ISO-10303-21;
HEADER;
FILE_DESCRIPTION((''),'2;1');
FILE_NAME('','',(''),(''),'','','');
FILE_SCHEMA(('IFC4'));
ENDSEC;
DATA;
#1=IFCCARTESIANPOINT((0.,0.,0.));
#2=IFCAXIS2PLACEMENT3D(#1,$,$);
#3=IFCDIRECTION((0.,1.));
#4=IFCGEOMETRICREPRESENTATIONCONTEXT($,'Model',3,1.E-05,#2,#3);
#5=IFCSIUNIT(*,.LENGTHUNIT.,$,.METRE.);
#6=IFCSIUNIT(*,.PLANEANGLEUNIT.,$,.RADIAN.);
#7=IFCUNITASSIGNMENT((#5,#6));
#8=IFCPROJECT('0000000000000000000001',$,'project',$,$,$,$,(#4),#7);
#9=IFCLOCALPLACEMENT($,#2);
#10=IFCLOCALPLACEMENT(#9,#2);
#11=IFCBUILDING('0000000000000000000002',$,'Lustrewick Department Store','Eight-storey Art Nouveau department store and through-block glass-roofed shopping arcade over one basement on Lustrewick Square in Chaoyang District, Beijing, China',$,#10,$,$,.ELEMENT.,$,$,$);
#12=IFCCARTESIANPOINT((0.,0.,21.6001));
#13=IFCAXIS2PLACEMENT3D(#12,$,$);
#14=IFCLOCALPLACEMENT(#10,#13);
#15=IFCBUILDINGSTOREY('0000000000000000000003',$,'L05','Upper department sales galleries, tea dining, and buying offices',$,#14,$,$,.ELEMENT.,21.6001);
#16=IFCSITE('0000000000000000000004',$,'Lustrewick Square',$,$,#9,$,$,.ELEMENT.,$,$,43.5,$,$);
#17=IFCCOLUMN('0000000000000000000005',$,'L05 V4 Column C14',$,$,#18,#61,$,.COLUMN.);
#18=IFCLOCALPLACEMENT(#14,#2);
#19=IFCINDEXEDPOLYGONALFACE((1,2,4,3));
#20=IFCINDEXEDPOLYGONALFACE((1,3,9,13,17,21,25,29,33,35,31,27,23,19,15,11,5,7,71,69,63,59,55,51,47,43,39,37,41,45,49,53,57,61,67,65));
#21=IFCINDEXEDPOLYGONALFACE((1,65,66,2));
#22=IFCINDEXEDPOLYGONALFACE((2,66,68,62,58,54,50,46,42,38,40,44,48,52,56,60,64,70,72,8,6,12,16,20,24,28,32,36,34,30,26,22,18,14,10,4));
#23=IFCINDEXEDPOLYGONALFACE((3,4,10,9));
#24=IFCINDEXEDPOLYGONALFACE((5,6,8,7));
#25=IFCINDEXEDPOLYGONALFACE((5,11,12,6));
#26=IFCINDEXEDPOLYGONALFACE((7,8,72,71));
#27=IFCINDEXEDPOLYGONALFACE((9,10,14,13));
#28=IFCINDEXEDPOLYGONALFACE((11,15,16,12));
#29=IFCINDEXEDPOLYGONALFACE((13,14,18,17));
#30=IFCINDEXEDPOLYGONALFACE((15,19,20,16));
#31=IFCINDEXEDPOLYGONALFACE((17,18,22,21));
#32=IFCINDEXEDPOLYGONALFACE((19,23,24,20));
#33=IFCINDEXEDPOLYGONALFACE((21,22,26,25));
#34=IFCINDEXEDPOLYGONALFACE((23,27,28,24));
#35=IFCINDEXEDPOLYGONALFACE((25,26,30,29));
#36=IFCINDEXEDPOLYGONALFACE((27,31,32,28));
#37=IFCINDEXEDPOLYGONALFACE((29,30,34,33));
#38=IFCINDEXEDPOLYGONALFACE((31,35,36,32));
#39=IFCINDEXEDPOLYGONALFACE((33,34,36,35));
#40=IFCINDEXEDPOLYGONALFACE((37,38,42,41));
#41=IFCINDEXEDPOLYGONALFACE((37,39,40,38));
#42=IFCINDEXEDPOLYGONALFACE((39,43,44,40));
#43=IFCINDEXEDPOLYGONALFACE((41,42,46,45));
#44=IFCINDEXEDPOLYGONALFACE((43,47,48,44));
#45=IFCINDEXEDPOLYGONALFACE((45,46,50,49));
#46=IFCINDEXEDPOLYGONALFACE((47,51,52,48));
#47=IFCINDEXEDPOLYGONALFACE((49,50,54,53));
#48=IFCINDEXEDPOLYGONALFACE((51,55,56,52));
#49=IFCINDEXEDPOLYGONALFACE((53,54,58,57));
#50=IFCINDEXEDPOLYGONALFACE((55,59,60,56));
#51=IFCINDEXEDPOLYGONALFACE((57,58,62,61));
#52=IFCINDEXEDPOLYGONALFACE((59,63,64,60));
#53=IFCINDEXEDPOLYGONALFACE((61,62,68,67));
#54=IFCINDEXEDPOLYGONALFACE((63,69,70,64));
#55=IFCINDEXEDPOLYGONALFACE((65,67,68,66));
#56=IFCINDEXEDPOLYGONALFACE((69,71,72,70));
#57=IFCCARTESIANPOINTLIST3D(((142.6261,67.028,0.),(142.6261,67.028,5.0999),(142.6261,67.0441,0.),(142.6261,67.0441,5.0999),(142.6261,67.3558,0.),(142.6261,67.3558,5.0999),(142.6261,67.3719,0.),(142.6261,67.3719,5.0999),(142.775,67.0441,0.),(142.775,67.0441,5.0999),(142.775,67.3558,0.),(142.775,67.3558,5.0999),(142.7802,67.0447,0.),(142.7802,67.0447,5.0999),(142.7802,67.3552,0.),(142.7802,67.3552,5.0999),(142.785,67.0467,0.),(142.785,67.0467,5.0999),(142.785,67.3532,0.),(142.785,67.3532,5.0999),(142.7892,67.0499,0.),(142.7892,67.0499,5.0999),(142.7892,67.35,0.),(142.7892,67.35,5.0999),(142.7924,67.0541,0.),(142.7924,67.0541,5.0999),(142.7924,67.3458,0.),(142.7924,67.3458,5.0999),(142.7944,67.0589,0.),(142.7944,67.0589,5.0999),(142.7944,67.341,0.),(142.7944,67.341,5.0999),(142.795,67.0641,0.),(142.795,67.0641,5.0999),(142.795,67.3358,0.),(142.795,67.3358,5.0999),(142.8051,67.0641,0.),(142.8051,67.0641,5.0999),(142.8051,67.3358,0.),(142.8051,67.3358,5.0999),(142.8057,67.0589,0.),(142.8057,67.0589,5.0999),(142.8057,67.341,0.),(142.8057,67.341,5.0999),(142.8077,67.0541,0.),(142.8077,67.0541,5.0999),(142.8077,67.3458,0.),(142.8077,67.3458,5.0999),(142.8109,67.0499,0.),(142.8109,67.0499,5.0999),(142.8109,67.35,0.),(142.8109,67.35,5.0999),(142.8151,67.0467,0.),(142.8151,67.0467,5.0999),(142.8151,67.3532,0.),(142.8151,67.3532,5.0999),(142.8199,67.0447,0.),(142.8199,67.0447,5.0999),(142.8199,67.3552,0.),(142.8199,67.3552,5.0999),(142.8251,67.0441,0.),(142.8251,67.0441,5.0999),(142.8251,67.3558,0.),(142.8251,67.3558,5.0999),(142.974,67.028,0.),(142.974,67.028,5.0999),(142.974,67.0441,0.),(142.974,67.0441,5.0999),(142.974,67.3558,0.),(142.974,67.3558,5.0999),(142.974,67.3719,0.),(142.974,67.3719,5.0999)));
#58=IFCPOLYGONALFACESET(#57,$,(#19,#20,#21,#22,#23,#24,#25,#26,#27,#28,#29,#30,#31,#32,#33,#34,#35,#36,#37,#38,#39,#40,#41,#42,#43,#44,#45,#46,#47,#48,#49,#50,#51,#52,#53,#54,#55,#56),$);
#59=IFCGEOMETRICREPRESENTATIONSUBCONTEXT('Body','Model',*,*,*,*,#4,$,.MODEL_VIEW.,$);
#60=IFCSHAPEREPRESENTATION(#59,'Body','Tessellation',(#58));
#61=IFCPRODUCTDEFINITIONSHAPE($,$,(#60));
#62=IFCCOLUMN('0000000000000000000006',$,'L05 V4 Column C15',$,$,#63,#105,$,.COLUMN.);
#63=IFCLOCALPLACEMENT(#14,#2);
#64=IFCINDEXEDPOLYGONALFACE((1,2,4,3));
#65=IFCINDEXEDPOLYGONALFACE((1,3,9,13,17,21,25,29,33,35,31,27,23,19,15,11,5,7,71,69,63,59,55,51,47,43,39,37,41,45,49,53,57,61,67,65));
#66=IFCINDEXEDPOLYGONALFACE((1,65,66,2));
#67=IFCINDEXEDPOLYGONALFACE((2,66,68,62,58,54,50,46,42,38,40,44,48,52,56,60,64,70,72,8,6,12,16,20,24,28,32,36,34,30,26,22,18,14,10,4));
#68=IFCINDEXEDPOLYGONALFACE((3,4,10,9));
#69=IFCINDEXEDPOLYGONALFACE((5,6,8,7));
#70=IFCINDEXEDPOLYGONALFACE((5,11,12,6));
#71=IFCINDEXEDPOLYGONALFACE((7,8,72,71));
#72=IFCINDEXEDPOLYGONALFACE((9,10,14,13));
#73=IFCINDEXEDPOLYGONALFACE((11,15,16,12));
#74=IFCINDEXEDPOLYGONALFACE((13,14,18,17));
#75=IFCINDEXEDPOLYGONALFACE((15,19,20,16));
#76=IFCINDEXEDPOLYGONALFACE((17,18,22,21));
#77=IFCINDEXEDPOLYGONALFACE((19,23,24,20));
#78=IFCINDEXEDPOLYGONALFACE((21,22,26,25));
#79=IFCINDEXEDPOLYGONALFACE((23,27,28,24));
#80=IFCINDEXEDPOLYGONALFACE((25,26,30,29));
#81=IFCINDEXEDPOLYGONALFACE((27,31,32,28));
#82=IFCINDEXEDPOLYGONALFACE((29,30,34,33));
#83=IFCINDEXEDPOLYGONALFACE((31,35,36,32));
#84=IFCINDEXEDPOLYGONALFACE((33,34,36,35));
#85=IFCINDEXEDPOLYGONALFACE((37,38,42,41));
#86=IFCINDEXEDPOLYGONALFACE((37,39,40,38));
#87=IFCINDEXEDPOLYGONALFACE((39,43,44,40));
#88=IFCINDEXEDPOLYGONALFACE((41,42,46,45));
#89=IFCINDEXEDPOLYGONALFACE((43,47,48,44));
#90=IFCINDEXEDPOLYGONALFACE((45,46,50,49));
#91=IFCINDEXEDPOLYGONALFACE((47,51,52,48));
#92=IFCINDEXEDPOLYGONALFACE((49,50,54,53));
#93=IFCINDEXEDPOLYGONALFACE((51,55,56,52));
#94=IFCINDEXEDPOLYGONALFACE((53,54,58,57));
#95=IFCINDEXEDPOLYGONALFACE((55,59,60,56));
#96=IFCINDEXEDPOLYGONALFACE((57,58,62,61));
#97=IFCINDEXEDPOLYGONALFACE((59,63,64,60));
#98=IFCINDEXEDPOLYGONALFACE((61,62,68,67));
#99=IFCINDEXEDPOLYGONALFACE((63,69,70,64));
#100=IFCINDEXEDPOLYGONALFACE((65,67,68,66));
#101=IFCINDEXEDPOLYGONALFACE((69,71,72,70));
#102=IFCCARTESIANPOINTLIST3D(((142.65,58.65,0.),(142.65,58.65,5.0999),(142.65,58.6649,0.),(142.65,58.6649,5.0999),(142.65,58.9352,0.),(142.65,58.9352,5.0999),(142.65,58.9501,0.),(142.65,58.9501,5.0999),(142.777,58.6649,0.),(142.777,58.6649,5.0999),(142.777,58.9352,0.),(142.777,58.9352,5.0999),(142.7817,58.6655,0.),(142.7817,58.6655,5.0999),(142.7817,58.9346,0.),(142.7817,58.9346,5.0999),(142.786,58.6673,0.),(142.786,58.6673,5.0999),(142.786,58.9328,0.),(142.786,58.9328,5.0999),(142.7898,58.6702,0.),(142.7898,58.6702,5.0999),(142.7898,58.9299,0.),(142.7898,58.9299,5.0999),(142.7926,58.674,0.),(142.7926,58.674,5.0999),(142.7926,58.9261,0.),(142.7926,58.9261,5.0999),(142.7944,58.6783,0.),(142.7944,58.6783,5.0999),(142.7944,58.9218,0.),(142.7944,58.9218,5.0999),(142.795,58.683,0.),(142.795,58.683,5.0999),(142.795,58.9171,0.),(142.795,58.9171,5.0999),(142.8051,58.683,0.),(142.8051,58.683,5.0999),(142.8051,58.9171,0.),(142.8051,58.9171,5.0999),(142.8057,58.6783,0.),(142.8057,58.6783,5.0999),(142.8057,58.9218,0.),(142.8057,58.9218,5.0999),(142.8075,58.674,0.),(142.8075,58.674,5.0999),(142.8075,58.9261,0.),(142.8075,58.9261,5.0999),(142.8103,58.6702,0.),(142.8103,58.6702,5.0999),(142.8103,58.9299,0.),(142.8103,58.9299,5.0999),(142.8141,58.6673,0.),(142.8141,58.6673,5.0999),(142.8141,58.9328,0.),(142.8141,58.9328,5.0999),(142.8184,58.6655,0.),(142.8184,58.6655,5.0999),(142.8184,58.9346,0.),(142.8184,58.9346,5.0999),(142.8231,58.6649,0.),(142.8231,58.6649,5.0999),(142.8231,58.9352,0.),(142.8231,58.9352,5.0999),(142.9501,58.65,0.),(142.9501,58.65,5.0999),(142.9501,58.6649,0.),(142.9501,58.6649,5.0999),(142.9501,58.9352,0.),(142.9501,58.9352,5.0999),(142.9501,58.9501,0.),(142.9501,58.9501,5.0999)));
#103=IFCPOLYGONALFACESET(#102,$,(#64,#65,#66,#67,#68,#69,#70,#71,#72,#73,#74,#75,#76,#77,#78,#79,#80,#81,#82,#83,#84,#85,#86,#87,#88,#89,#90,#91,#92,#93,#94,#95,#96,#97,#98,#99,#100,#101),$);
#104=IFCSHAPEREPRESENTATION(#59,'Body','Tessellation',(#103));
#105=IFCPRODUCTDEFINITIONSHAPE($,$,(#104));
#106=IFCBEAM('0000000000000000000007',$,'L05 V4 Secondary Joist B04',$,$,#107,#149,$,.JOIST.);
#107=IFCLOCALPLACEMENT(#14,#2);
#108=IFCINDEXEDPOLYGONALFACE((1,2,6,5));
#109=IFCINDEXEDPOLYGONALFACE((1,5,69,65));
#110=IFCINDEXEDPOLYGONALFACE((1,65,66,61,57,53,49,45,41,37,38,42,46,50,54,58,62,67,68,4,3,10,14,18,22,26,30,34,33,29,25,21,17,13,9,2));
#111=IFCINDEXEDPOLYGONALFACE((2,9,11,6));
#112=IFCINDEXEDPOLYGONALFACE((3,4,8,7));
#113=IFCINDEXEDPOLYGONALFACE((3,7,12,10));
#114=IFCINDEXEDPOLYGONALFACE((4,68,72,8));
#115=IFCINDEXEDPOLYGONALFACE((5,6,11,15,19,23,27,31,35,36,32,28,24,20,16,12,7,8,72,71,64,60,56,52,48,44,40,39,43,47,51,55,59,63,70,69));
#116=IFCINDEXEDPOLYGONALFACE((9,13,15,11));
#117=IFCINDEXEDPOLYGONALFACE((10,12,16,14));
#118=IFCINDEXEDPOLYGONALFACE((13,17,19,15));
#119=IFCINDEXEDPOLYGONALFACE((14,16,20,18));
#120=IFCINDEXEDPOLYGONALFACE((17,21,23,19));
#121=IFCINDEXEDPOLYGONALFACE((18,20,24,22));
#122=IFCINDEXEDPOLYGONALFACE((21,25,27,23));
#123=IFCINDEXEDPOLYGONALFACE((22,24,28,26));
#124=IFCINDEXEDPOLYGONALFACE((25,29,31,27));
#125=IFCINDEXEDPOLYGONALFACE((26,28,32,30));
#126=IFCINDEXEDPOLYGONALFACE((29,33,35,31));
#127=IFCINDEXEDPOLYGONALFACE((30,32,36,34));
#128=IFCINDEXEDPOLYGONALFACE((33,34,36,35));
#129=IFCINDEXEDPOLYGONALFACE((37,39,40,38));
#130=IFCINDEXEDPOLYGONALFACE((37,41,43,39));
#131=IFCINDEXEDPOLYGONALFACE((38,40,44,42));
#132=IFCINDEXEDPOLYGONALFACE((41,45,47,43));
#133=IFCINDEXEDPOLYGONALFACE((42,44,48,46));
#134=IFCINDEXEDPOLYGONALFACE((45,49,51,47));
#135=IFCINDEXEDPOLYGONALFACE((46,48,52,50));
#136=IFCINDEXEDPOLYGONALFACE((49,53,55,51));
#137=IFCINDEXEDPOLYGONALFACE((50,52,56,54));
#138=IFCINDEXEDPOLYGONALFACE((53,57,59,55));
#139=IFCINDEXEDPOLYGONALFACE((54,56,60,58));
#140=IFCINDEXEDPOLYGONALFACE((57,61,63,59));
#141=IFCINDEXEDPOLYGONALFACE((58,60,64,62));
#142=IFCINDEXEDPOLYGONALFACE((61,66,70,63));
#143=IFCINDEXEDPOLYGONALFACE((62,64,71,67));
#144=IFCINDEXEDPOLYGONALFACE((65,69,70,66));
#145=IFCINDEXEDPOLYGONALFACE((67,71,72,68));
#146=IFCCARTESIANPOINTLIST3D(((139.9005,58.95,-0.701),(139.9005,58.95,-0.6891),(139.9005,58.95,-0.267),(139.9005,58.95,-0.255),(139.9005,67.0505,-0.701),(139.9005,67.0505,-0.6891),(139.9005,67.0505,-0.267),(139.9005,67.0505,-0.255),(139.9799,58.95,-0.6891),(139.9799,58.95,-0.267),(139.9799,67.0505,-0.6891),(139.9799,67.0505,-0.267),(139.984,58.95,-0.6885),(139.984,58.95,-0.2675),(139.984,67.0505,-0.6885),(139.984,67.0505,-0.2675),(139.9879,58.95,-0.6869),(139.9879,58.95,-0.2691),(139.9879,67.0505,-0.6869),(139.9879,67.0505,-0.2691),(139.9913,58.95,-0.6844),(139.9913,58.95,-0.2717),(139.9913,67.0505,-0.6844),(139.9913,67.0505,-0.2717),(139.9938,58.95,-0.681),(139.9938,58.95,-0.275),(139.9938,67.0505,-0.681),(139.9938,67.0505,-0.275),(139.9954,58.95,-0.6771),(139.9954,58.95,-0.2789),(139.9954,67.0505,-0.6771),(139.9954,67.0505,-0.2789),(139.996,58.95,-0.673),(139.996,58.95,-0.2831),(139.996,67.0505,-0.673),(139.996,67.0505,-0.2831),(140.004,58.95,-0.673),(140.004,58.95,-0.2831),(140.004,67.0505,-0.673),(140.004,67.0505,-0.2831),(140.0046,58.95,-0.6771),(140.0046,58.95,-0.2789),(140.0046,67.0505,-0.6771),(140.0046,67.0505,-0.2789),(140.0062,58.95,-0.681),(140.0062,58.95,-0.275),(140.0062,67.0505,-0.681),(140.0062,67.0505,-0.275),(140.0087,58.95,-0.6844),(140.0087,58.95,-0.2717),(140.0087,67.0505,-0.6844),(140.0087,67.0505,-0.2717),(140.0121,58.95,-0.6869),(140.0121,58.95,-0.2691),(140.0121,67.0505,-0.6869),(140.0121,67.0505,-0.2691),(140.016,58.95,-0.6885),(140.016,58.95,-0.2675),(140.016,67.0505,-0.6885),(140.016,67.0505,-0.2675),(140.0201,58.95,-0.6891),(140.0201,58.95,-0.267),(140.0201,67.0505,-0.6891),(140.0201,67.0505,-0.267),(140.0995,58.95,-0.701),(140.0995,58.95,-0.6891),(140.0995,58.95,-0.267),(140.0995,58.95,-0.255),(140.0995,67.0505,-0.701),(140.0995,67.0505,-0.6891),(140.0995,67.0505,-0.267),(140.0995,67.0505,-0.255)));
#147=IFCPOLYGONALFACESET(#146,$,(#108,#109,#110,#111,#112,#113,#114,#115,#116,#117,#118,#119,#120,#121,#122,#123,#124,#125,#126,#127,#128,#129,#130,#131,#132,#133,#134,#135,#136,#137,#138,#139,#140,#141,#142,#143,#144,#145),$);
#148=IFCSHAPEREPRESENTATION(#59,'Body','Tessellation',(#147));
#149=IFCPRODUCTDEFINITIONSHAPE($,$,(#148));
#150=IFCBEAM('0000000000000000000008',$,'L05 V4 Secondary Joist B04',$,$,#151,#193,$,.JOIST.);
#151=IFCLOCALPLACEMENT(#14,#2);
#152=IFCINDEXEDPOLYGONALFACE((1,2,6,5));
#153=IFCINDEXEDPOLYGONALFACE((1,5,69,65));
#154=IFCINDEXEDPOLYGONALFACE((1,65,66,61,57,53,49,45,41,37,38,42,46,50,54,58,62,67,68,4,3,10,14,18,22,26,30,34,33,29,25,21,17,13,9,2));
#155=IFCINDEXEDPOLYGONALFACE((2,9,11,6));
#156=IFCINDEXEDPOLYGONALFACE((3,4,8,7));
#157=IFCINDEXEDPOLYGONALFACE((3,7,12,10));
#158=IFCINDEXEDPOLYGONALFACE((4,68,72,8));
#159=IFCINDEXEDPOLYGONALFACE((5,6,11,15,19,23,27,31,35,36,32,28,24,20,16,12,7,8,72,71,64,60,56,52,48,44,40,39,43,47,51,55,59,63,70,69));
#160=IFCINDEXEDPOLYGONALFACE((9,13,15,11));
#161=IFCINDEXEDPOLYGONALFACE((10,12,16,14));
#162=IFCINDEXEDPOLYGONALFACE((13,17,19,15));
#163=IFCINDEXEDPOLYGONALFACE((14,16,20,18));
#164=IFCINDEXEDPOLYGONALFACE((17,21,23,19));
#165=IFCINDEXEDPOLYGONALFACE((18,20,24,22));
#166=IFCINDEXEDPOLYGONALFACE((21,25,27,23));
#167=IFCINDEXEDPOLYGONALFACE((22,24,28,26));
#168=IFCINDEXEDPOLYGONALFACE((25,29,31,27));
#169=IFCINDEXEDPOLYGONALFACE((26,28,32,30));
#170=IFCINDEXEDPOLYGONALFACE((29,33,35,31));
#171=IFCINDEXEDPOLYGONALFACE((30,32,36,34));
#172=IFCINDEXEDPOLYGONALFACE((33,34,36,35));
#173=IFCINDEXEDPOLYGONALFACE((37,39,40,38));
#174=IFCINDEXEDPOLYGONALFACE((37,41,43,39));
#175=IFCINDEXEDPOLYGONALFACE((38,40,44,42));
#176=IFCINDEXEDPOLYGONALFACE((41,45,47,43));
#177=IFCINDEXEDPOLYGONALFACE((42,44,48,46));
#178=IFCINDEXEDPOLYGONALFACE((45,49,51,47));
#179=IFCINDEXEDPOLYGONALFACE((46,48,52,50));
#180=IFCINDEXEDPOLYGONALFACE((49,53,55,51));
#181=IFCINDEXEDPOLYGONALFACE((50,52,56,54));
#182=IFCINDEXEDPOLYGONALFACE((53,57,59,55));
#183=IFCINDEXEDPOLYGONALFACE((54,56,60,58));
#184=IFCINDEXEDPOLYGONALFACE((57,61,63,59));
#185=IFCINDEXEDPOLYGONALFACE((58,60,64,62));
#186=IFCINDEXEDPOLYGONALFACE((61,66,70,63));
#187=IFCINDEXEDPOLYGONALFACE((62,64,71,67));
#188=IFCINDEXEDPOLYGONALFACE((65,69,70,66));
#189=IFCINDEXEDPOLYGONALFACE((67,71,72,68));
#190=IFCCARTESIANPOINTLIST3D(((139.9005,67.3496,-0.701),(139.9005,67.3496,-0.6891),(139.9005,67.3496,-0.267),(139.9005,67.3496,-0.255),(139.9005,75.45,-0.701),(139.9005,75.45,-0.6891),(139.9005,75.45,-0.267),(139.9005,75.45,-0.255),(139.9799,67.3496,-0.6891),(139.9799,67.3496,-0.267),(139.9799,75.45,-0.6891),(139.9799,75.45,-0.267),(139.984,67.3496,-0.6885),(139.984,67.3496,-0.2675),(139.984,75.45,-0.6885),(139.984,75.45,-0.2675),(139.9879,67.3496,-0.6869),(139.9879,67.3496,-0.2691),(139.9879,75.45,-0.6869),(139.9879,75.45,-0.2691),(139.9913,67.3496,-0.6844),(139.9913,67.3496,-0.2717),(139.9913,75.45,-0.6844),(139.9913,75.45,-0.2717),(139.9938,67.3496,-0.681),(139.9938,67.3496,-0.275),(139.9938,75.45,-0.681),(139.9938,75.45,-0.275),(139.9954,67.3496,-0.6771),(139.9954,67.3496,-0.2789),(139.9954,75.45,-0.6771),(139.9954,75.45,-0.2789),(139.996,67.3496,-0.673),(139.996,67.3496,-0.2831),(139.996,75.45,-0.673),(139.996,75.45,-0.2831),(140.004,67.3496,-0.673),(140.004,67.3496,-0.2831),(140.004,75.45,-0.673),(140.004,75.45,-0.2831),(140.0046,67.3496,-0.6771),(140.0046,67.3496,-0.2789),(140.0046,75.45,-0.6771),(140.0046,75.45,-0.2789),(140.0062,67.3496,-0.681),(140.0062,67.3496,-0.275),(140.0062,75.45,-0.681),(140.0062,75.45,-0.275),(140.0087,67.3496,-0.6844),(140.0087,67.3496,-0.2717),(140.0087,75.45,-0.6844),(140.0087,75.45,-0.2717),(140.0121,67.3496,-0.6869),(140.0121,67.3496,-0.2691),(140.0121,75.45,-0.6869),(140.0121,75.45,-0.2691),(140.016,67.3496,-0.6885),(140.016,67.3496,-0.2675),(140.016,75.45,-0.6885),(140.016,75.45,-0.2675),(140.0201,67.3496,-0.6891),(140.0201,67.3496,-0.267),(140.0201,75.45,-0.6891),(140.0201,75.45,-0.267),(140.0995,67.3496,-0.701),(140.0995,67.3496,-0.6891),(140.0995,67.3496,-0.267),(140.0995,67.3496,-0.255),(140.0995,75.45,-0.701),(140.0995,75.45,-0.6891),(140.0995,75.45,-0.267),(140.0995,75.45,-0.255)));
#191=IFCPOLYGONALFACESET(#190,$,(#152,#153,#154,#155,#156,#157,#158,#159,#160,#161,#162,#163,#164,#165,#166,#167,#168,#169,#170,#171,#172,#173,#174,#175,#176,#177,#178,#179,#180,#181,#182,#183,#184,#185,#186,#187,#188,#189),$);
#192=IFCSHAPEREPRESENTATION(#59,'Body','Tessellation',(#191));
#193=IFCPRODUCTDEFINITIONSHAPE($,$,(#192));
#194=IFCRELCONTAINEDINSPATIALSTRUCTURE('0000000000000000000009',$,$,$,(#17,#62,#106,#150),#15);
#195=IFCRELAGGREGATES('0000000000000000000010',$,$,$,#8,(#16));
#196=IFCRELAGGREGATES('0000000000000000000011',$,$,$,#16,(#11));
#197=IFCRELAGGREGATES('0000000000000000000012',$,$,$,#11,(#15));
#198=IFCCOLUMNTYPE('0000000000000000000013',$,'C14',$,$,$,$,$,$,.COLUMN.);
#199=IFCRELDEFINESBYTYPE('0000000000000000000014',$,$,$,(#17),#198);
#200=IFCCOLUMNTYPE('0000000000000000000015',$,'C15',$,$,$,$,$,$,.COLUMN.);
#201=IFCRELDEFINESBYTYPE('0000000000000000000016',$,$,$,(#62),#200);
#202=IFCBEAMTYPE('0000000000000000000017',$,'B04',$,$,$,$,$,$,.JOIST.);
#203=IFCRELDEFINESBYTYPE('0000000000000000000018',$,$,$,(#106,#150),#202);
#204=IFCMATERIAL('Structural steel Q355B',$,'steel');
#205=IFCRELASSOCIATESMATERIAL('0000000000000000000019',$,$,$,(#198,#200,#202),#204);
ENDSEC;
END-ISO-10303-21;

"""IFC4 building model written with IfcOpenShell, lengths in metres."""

from ifc_helpers import new_model, si_unit, direction, frame, origin, origin_2d, place, context, subcontext, project, spatial, i_section, extrude, material, material_profile, profile_set, type_object, element, save


model = new_model("IFC4")

# Units and contexts
model_context = context("Model", 3, precision=1e-05, world=origin(), true_north=direction((0.0, 1.0)))
body_context = subcontext(model_context, "Body", "Model", "MODEL_VIEW")
ifc_project = project(units=[si_unit("LENGTHUNIT", "METRE"), si_unit("PLANEANGLEUNIT", "RADIAN")], contexts=[model_context])

# Site, building, storey
site_placement = place(None, origin())
site = spatial("IfcSite", under=ifc_project, at=site_placement, Name="Lustrewick Square", CompositionType="ELEMENT", RefElevation=43.5)
building_placement = place(site_placement, origin())
building = spatial("IfcBuilding", under=site, at=building_placement, Name="Lustrewick Department Store", Description="Eight-storey Art Nouveau department store and through-block glass-roofed shopping arcade over one basement on Lustrewick Square in Chaoyang District, Beijing, China", CompositionType="ELEMENT")
storey_placement = place(building_placement, frame((0.0, 0.0, 21.6001)))
storey = spatial("IfcBuildingStorey", under=building, at=storey_placement, Name="L05", Description="Upper department sales galleries, tea dining, and buying offices", CompositionType="ELEMENT", Elevation=21.6001)

# Columns
ifc_material_1 = material(Name="Structural steel Q355B", Category="steel")
ifc_material_profile_1 = material_profile(ifc_material_1, i_section(OverallWidth=0.3479, OverallDepth=0.344, WebThickness=0.01, FlangeThickness=0.0161, FilletRadius=0.02, at=origin_2d()), Name="HW 344x348x10x16")
ifc_profile_set_1 = profile_set([ifc_material_profile_1], Name="Structural steel Q355B")
column_type_1 = type_object("IfcColumnType", Name="C14", PredefinedType="COLUMN", material=ifc_profile_set_1)
column_1_placement = place(storey_placement, frame((142.8, 67.2, 0.0), z_axis=(0.0, 0.0, 1.0), x_axis=(1.0, 0.0, 0.0)))
element("IfcColumn", 1, at=column_1_placement, inside=storey, type_object=column_type_1, Name="L05 V4 Column C14", PredefinedType="COLUMN", context=body_context, shape_type="SweptSolid", body=[
    extrude(i_section(OverallWidth=0.3479, OverallDepth=0.344, WebThickness=0.01, FlangeThickness=0.0161, FilletRadius=0.02, at=origin_2d()), origin(), (0.0, 0.0, 1.0), 5.0999),
])
ifc_material_profile_2 = material_profile(ifc_material_1, i_section(OverallWidth=0.3, OverallDepth=0.3, WebThickness=0.01, FlangeThickness=0.0149, FilletRadius=0.0181, at=origin_2d()), Name="HW 300x300x10x15")
ifc_profile_set_2 = profile_set([ifc_material_profile_2], Name="Structural steel Q355B")
column_type_2 = type_object("IfcColumnType", Name="C15", PredefinedType="COLUMN", material=ifc_profile_set_2)
column_2_placement = place(storey_placement, frame((142.8, 58.8, 0.0), z_axis=(0.0, 0.0, 1.0), x_axis=(1.0, 0.0, 0.0)))
element("IfcColumn", 2, at=column_2_placement, inside=storey, type_object=column_type_2, Name="L05 V4 Column C15", PredefinedType="COLUMN", context=body_context, shape_type="SweptSolid", body=[
    extrude(i_section(OverallWidth=0.3, OverallDepth=0.3, WebThickness=0.01, FlangeThickness=0.0149, FilletRadius=0.0181, at=origin_2d()), origin(), (0.0, 0.0, 1.0), 5.0999),
])

# Beams
ifc_material_profile_3 = material_profile(ifc_material_1, i_section(OverallWidth=0.199, OverallDepth=0.446, WebThickness=0.0081, FlangeThickness=0.012, FilletRadius=0.0161, at=origin_2d()), Name="HN 446x199x8x12")
ifc_profile_set_3 = profile_set([ifc_material_profile_3], Name="Structural steel Q355B")
beam_type_1 = type_object("IfcBeamType", Name="B04", PredefinedType="JOIST", material=ifc_profile_set_3)
beam_1_placement = place(storey_placement, frame((140.0, 58.95, -0.478), z_axis=(0.0, 1.0, 0.0), x_axis=(-1.0, 0.0, 0.0)))
element("IfcBeam", 3, at=beam_1_placement, inside=storey, type_object=beam_type_1, Name="L05 V4 Secondary Joist B04", PredefinedType="JOIST", context=body_context, shape_type="SweptSolid", body=[
    extrude(i_section(OverallWidth=0.199, OverallDepth=0.446, WebThickness=0.0081, FlangeThickness=0.012, FilletRadius=0.0161, at=origin_2d()), origin(), (0.0, 0.0, 1.0), 8.1006),
])
beam_2_placement = place(storey_placement, frame((140.0, 67.3496, -0.478), z_axis=(0.0, 1.0, 0.0), x_axis=(-1.0, 0.0, 0.0)))
element("IfcBeam", 4, at=beam_2_placement, inside=storey, type_object=beam_type_1, Name="L05 V4 Secondary Joist B04", PredefinedType="JOIST", context=body_context, shape_type="SweptSolid", body=[
    extrude(i_section(OverallWidth=0.199, OverallDepth=0.446, WebThickness=0.0081, FlangeThickness=0.012, FilletRadius=0.0161, at=origin_2d()), origin(), (0.0, 0.0, 1.0), 8.1003),
])

save(model, "model.ifc")
